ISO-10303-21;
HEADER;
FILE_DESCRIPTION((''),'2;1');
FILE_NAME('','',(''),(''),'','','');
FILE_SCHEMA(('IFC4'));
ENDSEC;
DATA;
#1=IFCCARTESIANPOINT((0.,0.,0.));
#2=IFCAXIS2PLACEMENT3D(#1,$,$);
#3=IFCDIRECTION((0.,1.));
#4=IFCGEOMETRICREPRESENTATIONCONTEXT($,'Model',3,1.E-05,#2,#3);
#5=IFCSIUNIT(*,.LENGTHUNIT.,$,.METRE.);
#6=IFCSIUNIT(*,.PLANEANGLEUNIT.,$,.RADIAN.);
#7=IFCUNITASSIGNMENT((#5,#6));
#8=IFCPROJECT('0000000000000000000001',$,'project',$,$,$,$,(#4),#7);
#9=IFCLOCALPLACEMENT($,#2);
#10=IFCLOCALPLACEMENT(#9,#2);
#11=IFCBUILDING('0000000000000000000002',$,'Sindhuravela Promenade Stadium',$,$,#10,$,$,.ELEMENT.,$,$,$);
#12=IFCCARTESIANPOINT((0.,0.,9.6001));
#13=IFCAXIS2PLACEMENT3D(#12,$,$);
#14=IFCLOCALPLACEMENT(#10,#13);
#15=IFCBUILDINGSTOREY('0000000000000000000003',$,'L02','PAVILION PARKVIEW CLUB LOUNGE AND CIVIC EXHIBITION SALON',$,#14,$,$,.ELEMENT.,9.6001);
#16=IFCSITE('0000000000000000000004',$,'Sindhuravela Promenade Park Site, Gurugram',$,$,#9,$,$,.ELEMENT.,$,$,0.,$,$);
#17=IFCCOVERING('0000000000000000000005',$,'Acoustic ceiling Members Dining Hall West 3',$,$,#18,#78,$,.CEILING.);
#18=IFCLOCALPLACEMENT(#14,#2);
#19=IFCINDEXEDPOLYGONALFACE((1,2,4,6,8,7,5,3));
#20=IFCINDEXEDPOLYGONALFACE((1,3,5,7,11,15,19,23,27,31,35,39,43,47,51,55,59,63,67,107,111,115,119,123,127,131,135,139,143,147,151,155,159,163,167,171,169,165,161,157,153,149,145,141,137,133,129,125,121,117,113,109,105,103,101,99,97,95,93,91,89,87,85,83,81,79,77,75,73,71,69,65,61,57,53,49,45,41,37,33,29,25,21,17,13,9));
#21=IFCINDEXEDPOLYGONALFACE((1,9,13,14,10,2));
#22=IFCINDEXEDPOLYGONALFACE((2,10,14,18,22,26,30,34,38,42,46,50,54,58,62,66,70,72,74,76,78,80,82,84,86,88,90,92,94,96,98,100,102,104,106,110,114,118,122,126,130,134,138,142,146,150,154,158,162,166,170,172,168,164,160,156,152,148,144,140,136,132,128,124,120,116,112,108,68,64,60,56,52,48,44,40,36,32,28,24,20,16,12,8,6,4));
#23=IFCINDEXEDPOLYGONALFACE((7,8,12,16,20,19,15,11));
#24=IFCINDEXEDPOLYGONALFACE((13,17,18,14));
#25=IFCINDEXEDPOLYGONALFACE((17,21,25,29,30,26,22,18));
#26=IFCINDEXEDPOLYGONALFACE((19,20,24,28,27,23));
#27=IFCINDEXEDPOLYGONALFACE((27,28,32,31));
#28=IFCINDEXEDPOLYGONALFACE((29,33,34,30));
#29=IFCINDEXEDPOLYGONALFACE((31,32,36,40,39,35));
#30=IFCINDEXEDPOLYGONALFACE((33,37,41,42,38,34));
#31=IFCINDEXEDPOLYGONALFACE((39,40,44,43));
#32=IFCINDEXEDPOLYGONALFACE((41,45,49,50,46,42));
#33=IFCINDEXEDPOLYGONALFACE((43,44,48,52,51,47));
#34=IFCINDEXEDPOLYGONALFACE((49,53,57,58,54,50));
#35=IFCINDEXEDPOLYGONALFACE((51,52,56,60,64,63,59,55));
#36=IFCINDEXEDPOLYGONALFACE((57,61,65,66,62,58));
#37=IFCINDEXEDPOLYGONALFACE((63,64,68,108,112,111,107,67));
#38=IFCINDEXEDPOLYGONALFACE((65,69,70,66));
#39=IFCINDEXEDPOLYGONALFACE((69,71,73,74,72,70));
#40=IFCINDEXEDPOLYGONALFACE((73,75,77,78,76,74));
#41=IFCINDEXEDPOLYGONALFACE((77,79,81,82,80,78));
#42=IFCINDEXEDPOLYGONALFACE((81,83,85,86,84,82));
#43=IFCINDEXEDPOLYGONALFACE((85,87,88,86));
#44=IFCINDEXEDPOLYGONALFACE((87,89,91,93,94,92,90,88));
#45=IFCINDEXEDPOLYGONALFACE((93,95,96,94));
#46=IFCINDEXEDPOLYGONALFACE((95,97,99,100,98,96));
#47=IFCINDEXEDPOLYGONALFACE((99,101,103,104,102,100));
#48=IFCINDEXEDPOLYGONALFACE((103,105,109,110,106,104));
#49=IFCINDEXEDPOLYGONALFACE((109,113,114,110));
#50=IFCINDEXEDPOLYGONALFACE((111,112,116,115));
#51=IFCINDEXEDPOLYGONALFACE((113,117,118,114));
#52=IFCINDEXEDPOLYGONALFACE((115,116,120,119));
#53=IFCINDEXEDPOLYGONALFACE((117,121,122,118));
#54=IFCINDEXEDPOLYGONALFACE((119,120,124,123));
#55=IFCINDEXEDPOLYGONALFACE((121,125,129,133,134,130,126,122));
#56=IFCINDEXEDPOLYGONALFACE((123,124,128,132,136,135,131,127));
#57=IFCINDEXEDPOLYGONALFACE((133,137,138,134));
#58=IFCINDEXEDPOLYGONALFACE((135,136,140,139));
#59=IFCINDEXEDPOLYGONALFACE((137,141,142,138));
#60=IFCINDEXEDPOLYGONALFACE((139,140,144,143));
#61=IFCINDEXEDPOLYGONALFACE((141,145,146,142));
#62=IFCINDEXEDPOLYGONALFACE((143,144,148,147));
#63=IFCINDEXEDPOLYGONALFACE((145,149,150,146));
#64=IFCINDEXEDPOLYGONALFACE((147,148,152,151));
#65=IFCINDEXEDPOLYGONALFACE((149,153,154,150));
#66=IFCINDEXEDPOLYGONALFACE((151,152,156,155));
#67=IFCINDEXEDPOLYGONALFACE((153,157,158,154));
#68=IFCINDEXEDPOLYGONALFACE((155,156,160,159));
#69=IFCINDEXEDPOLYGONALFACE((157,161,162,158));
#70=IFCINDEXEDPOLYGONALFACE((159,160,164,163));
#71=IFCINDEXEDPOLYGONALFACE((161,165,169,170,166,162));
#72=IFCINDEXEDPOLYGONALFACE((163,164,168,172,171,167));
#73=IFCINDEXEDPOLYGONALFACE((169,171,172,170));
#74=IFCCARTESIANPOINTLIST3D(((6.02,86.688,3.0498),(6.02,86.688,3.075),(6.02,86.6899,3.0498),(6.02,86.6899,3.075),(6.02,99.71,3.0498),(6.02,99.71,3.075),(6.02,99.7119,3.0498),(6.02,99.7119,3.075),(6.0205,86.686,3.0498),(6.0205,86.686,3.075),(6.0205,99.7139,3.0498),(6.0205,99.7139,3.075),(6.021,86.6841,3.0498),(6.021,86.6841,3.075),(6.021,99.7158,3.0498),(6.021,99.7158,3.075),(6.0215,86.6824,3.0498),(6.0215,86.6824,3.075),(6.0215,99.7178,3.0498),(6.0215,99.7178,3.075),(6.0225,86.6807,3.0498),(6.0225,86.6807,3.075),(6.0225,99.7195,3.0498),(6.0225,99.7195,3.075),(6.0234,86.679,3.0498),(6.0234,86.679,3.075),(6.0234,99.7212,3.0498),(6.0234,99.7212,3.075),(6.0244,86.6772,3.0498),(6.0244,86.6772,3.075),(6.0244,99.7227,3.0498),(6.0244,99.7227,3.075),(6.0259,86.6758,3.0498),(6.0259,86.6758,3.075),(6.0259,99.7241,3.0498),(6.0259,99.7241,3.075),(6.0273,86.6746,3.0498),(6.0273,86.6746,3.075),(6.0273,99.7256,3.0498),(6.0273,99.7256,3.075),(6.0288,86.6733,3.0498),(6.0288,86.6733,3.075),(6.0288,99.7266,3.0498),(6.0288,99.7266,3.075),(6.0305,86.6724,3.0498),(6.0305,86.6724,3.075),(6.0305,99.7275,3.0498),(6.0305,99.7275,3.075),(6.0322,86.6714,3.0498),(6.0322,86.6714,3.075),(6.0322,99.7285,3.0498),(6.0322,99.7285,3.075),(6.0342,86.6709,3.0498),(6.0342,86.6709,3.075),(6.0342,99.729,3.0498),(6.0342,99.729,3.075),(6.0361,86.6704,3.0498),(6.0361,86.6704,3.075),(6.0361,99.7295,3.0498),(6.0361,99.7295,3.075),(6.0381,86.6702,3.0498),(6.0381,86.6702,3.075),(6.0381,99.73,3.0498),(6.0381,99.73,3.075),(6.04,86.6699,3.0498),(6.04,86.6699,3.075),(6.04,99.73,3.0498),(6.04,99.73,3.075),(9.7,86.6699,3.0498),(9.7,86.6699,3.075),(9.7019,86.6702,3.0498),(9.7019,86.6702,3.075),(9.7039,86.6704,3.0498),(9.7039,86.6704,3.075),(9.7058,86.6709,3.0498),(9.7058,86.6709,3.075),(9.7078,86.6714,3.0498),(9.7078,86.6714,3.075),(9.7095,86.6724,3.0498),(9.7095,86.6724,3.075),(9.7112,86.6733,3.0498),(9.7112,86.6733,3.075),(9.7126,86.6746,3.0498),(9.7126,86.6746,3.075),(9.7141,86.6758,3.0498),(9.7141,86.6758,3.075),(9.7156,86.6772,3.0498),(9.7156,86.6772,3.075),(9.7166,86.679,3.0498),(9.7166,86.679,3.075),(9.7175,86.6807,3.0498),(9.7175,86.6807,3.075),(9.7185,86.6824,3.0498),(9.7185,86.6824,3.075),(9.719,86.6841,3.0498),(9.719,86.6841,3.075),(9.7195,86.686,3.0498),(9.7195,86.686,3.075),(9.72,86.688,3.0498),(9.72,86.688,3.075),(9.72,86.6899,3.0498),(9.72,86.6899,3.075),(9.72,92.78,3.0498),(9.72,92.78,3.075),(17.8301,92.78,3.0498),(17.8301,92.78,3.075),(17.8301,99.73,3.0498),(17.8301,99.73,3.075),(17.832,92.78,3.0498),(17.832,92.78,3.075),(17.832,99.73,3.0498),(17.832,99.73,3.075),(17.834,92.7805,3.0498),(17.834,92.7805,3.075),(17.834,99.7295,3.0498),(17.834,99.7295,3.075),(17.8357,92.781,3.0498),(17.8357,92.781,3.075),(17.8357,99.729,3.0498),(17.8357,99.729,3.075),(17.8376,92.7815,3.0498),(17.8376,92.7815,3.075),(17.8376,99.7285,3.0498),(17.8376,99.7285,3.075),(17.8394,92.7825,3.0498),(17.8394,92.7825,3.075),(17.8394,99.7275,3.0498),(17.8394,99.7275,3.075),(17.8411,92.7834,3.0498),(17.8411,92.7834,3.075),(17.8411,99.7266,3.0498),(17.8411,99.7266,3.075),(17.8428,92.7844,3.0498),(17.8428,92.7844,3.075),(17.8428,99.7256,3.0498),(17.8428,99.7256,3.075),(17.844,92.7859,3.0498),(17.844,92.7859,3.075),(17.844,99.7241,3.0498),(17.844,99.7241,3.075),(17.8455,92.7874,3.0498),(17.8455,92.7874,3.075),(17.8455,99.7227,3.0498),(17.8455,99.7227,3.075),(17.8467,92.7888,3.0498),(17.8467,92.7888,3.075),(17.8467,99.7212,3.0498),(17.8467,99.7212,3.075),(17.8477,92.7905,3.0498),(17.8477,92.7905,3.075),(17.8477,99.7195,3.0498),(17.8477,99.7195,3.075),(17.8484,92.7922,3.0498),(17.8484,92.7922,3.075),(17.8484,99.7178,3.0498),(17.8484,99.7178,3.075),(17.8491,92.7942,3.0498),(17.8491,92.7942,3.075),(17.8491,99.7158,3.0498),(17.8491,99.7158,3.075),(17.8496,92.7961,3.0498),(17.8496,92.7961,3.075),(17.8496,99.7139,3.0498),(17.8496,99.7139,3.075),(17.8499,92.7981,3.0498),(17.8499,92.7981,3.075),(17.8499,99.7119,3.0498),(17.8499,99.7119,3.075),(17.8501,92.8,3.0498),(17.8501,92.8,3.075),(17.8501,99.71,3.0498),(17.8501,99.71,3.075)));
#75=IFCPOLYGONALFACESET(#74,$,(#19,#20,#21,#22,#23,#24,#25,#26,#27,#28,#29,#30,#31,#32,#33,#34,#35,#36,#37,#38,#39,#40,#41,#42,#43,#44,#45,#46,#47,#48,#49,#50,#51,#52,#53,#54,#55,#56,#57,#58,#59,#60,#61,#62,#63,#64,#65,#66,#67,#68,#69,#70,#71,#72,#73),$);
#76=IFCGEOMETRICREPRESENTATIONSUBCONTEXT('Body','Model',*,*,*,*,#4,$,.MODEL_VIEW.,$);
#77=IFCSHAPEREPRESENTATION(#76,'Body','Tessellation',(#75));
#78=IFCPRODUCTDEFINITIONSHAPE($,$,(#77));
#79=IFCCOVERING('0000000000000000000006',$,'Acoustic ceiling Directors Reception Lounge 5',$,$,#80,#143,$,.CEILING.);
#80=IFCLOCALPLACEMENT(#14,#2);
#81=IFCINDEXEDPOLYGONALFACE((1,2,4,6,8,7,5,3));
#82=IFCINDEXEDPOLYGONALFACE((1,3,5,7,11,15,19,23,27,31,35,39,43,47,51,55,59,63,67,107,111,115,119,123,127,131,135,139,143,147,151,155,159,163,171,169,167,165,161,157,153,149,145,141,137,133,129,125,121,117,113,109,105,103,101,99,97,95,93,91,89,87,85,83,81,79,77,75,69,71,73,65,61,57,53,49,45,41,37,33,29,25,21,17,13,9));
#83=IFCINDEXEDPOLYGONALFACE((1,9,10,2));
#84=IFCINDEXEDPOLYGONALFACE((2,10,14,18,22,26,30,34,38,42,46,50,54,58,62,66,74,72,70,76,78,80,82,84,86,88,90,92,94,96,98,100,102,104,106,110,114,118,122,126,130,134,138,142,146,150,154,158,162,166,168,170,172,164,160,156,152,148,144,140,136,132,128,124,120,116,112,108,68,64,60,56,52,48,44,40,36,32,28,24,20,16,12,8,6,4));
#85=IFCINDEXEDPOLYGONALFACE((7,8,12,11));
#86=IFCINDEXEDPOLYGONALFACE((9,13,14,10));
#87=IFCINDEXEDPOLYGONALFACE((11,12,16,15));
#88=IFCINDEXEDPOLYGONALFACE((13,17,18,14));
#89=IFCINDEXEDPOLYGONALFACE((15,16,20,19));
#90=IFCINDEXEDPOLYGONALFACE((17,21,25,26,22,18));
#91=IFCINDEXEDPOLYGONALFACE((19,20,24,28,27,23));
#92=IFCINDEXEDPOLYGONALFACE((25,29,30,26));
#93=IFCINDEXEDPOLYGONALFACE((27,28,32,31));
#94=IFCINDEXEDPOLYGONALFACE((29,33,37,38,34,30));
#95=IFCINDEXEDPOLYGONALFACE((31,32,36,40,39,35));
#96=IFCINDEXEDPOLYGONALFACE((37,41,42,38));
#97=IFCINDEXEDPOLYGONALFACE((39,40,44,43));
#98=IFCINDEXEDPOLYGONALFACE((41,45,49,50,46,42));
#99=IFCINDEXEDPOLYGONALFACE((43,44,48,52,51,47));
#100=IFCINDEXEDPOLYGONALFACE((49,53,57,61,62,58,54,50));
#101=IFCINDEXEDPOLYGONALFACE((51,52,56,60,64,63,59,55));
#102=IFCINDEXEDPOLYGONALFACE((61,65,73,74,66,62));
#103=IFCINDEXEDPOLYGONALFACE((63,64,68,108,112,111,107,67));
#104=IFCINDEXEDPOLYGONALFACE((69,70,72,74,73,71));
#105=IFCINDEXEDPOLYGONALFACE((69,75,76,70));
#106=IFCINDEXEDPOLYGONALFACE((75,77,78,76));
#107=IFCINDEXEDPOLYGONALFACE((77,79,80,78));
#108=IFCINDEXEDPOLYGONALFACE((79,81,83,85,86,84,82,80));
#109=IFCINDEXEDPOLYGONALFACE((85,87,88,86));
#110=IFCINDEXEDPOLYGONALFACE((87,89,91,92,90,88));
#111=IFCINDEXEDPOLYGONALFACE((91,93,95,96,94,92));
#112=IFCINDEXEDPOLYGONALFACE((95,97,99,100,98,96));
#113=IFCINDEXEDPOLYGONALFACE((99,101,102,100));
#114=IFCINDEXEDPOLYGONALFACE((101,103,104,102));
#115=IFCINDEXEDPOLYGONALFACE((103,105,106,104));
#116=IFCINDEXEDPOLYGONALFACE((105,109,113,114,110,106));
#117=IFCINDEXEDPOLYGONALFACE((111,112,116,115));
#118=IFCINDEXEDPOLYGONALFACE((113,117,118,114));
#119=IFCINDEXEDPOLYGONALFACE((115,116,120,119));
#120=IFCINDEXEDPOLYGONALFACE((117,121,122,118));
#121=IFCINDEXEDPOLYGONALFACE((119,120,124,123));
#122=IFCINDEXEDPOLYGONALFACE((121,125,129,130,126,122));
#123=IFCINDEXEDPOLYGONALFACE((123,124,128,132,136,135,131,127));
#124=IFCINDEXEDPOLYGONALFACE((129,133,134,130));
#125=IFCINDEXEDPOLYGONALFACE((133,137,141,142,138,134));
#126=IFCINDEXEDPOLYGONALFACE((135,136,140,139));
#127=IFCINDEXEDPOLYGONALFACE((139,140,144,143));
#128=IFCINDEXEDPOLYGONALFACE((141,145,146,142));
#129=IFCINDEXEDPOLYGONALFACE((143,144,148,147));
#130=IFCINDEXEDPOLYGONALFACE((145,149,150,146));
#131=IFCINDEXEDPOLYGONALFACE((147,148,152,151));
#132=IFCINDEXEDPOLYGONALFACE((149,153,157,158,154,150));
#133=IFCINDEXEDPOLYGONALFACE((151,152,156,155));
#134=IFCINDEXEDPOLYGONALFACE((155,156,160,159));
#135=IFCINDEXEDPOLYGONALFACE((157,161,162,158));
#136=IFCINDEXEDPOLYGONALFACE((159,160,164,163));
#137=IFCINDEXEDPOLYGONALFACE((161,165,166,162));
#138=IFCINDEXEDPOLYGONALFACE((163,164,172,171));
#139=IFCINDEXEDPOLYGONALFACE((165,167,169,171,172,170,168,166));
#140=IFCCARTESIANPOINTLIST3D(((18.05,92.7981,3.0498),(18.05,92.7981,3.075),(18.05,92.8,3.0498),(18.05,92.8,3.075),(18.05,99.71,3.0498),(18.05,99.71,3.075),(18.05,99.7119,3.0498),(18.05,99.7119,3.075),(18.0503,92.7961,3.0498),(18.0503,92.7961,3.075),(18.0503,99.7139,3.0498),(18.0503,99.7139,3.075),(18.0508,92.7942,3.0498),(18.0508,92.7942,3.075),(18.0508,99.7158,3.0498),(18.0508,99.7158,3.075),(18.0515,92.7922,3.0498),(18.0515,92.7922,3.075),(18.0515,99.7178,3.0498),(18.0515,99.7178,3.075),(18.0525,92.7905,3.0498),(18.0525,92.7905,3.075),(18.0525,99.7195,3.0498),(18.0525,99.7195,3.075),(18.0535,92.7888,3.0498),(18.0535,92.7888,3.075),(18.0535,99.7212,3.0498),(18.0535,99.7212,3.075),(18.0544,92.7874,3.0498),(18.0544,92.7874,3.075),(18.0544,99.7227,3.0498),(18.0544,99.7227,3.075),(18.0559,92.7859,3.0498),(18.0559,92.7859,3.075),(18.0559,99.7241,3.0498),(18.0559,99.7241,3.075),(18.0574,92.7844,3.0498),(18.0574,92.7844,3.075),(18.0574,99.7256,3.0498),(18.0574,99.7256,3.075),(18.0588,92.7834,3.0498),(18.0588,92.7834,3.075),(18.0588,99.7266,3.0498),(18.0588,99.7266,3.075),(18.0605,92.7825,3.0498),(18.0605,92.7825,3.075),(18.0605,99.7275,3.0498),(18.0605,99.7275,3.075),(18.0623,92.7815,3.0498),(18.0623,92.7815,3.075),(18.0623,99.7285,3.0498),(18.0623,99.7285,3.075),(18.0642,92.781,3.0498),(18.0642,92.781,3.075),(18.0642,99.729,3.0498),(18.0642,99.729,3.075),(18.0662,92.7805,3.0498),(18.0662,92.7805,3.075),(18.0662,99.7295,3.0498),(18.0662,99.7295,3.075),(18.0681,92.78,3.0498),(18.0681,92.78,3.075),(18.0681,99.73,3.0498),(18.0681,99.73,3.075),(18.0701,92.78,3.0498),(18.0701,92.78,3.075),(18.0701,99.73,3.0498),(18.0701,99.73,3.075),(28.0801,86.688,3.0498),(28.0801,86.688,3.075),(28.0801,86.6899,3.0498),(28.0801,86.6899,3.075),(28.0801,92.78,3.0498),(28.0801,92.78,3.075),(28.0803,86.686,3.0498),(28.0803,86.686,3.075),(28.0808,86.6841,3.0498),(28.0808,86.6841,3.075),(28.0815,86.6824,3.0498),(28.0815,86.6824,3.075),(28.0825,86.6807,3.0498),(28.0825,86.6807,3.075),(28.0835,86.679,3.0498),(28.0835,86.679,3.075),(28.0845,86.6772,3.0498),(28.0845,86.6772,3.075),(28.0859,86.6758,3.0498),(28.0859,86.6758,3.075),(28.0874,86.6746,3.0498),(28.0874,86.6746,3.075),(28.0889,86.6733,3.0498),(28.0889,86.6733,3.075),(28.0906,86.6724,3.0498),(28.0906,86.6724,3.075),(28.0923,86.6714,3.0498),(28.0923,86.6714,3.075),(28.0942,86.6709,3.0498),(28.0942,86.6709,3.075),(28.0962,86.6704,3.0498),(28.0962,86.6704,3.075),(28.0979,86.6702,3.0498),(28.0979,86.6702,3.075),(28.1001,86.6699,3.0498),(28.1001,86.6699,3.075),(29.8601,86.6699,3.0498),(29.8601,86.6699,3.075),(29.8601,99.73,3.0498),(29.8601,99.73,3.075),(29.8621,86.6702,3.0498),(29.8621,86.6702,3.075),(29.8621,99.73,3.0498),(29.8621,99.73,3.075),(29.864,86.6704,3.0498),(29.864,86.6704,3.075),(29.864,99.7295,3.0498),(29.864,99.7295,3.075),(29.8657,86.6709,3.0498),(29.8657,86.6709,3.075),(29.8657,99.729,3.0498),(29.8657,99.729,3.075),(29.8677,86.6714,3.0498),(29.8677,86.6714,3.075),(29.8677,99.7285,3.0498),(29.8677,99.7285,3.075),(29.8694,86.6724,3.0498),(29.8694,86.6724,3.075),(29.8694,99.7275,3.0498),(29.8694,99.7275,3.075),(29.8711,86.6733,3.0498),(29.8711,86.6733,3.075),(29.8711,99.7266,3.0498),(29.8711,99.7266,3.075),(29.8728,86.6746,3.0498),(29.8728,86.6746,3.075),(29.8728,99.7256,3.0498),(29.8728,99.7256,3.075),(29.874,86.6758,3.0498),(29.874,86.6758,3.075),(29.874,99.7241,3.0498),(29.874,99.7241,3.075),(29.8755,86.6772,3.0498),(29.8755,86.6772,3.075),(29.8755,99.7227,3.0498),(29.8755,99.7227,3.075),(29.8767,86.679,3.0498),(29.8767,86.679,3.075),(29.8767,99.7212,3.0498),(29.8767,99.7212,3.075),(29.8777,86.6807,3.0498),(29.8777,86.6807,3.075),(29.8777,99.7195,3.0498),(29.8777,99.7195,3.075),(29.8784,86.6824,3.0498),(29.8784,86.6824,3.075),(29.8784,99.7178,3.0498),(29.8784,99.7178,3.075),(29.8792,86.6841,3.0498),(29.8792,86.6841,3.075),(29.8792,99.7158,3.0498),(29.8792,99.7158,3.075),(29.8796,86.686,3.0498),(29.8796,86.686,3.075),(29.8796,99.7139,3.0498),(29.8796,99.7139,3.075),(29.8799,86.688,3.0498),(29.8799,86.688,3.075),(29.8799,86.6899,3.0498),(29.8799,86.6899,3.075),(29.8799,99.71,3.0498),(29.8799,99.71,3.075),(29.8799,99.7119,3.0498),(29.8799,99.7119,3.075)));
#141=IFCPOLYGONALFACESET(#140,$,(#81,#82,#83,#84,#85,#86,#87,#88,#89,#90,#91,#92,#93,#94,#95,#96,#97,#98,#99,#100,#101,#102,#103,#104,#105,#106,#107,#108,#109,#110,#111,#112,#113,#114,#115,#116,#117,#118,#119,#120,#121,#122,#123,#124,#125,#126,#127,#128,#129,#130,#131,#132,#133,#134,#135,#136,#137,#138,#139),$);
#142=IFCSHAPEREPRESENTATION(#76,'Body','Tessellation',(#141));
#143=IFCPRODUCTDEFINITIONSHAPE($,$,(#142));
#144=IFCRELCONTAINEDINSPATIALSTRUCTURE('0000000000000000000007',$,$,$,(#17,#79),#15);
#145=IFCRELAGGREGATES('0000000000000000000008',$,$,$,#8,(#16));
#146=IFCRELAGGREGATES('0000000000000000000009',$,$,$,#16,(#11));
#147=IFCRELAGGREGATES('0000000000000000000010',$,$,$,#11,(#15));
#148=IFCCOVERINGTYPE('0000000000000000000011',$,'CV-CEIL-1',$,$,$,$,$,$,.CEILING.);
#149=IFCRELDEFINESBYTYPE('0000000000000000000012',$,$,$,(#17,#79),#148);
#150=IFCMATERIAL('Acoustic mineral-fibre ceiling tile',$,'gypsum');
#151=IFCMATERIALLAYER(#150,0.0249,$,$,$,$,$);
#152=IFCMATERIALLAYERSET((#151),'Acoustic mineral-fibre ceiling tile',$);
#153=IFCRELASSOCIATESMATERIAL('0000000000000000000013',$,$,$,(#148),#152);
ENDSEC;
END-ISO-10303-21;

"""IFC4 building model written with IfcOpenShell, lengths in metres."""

from ifc_helpers import new_model, si_unit, direction, frame, origin, place, context, subcontext, project, spatial, polyline, outline, extrude, material, layer, layer_set, type_object, element, save


model = new_model("IFC4")

# Units and contexts
model_context = context("Model", 3, precision=1e-05, world=origin(), true_north=direction((0.0, 1.0)))
body_context = subcontext(model_context, "Body", "Model", "MODEL_VIEW")
ifc_project = project(units=[si_unit("LENGTHUNIT", "METRE"), si_unit("PLANEANGLEUNIT", "RADIAN")], contexts=[model_context])

# Site, building, storey
site_placement = place(None, origin())
site = spatial("IfcSite", under=ifc_project, at=site_placement, Name="Sindhuravela Promenade Park Site, Gurugram", CompositionType="ELEMENT", RefElevation=0.0)
building_placement = place(site_placement, origin())
building = spatial("IfcBuilding", under=site, at=building_placement, Name="Sindhuravela Promenade Stadium", CompositionType="ELEMENT")
storey_placement = place(building_placement, frame((0.0, 0.0, 9.6001)))
storey = spatial("IfcBuildingStorey", under=building, at=storey_placement, Name="L02", Description="PAVILION PARKVIEW CLUB LOUNGE AND CIVIC EXHIBITION SALON", CompositionType="ELEMENT", Elevation=9.6001)

# Coverings
ifc_material_1 = material(Name="Acoustic mineral-fibre ceiling tile", Category="gypsum")
ifc_layer_1 = layer(ifc_material_1, 0.0249)
ifc_layer_set_1 = layer_set([ifc_layer_1], Name="Acoustic mineral-fibre ceiling tile")
covering_type_1 = type_object("IfcCoveringType", Name="CV-CEIL-1", PredefinedType="CEILING", material=ifc_layer_set_1)
covering_1_placement = place(storey_placement, frame((0.0, 0.0, 3.0498)))
element("IfcCovering", 1, at=covering_1_placement, inside=storey, type_object=covering_type_1, Name="Acoustic ceiling Members Dining Hall West 3", PredefinedType="CEILING", context=body_context, shape_type="SweptSolid", body=[
    extrude(outline(polyline([(6.04, 86.6699), (6.0381, 86.6702), (6.0361, 86.6704), (6.0342, 86.6709), (6.0322, 86.6714), (6.0305, 86.6724), (6.0288, 86.6733), (6.0273, 86.6746), (6.0259, 86.6758), (6.0244, 86.6772), (6.0234, 86.679), (6.0225, 86.6807), (6.0215, 86.6824), (6.021, 86.6841), (6.0205, 86.686), (6.02, 86.688), (6.02, 86.6899), (6.02, 99.71), (6.02, 99.7119), (6.0205, 99.7139), (6.021, 99.7158), (6.0215, 99.7178), (6.0225, 99.7195), (6.0234, 99.7212), (6.0244, 99.7227), (6.0259, 99.7241), (6.0273, 99.7256), (6.0288, 99.7266), (6.0305, 99.7275), (6.0322, 99.7285), (6.0342, 99.729), (6.0361, 99.7295), (6.0381, 99.73), (6.04, 99.73), (17.8301, 99.73), (17.832, 99.73), (17.834, 99.7295), (17.8357, 99.729), (17.8376, 99.7285), (17.8394, 99.7275), (17.8411, 99.7266), (17.8428, 99.7256), (17.844, 99.7241), (17.8455, 99.7227), (17.8467, 99.7212), (17.8477, 99.7195), (17.8484, 99.7178), (17.8491, 99.7158), (17.8496, 99.7139), (17.8499, 99.7119), (17.8501, 99.71), (17.8501, 92.8), (17.8499, 92.7981), (17.8496, 92.7961), (17.8491, 92.7942), (17.8484, 92.7922), (17.8477, 92.7905), (17.8467, 92.7888), (17.8455, 92.7874), (17.844, 92.7859), (17.8428, 92.7844), (17.8411, 92.7834), (17.8394, 92.7825), (17.8376, 92.7815), (17.8357, 92.781), (17.834, 92.7805), (17.832, 92.78), (17.8301, 92.78), (9.72, 92.78), (9.72, 86.6899), (9.72, 86.688), (9.7195, 86.686), (9.719, 86.6841), (9.7185, 86.6824), (9.7175, 86.6807), (9.7166, 86.679), (9.7156, 86.6772), (9.7141, 86.6758), (9.7126, 86.6746), (9.7112, 86.6733), (9.7095, 86.6724), (9.7078, 86.6714), (9.7058, 86.6709), (9.7039, 86.6704), (9.7019, 86.6702), (9.7, 86.6699), (6.04, 86.6699)])), origin(), (0.0, 0.0, 1.0), 0.0251),
])
covering_2_placement = place(storey_placement, frame((0.0, 0.0, 3.0498)))
element("IfcCovering", 2, at=covering_2_placement, inside=storey, type_object=covering_type_1, Name="Acoustic ceiling Directors Reception Lounge 5", PredefinedType="CEILING", context=body_context, shape_type="SweptSolid", body=[
    extrude(outline(polyline([(29.8601, 99.73), (29.8621, 99.73), (29.864, 99.7295), (29.8657, 99.729), (29.8677, 99.7285), (29.8694, 99.7275), (29.8711, 99.7266), (29.8728, 99.7256), (29.874, 99.7241), (29.8755, 99.7227), (29.8767, 99.7212), (29.8777, 99.7195), (29.8784, 99.7178), (29.8792, 99.7158), (29.8796, 99.7139), (29.8799, 99.7119), (29.8799, 99.71), (29.8799, 86.6899), (29.8799, 86.688), (29.8796, 86.686), (29.8792, 86.6841), (29.8784, 86.6824), (29.8777, 86.6807), (29.8767, 86.679), (29.8755, 86.6772), (29.874, 86.6758), (29.8728, 86.6746), (29.8711, 86.6733), (29.8694, 86.6724), (29.8677, 86.6714), (29.8657, 86.6709), (29.864, 86.6704), (29.8621, 86.6702), (29.8601, 86.6699), (28.1001, 86.6699), (28.0979, 86.6702), (28.0962, 86.6704), (28.0942, 86.6709), (28.0923, 86.6714), (28.0906, 86.6724), (28.0889, 86.6733), (28.0874, 86.6746), (28.0859, 86.6758), (28.0845, 86.6772), (28.0835, 86.679), (28.0825, 86.6807), (28.0815, 86.6824), (28.0808, 86.6841), (28.0803, 86.686), (28.0801, 86.688), (28.0801, 86.6899), (28.0801, 92.78), (18.0701, 92.78), (18.0681, 92.78), (18.0662, 92.7805), (18.0642, 92.781), (18.0623, 92.7815), (18.0605, 92.7825), (18.0588, 92.7834), (18.0574, 92.7844), (18.0559, 92.7859), (18.0544, 92.7874), (18.0535, 92.7888), (18.0525, 92.7905), (18.0515, 92.7922), (18.0508, 92.7942), (18.0503, 92.7961), (18.05, 92.7981), (18.05, 92.8), (18.05, 99.71), (18.05, 99.7119), (18.0503, 99.7139), (18.0508, 99.7158), (18.0515, 99.7178), (18.0525, 99.7195), (18.0535, 99.7212), (18.0544, 99.7227), (18.0559, 99.7241), (18.0574, 99.7256), (18.0588, 99.7266), (18.0605, 99.7275), (18.0623, 99.7285), (18.0642, 99.729), (18.0662, 99.7295), (18.0681, 99.73), (18.0701, 99.73), (29.8601, 99.73)])), origin(), (0.0, 0.0, 1.0), 0.0251),
])

save(model, "model.ifc")
